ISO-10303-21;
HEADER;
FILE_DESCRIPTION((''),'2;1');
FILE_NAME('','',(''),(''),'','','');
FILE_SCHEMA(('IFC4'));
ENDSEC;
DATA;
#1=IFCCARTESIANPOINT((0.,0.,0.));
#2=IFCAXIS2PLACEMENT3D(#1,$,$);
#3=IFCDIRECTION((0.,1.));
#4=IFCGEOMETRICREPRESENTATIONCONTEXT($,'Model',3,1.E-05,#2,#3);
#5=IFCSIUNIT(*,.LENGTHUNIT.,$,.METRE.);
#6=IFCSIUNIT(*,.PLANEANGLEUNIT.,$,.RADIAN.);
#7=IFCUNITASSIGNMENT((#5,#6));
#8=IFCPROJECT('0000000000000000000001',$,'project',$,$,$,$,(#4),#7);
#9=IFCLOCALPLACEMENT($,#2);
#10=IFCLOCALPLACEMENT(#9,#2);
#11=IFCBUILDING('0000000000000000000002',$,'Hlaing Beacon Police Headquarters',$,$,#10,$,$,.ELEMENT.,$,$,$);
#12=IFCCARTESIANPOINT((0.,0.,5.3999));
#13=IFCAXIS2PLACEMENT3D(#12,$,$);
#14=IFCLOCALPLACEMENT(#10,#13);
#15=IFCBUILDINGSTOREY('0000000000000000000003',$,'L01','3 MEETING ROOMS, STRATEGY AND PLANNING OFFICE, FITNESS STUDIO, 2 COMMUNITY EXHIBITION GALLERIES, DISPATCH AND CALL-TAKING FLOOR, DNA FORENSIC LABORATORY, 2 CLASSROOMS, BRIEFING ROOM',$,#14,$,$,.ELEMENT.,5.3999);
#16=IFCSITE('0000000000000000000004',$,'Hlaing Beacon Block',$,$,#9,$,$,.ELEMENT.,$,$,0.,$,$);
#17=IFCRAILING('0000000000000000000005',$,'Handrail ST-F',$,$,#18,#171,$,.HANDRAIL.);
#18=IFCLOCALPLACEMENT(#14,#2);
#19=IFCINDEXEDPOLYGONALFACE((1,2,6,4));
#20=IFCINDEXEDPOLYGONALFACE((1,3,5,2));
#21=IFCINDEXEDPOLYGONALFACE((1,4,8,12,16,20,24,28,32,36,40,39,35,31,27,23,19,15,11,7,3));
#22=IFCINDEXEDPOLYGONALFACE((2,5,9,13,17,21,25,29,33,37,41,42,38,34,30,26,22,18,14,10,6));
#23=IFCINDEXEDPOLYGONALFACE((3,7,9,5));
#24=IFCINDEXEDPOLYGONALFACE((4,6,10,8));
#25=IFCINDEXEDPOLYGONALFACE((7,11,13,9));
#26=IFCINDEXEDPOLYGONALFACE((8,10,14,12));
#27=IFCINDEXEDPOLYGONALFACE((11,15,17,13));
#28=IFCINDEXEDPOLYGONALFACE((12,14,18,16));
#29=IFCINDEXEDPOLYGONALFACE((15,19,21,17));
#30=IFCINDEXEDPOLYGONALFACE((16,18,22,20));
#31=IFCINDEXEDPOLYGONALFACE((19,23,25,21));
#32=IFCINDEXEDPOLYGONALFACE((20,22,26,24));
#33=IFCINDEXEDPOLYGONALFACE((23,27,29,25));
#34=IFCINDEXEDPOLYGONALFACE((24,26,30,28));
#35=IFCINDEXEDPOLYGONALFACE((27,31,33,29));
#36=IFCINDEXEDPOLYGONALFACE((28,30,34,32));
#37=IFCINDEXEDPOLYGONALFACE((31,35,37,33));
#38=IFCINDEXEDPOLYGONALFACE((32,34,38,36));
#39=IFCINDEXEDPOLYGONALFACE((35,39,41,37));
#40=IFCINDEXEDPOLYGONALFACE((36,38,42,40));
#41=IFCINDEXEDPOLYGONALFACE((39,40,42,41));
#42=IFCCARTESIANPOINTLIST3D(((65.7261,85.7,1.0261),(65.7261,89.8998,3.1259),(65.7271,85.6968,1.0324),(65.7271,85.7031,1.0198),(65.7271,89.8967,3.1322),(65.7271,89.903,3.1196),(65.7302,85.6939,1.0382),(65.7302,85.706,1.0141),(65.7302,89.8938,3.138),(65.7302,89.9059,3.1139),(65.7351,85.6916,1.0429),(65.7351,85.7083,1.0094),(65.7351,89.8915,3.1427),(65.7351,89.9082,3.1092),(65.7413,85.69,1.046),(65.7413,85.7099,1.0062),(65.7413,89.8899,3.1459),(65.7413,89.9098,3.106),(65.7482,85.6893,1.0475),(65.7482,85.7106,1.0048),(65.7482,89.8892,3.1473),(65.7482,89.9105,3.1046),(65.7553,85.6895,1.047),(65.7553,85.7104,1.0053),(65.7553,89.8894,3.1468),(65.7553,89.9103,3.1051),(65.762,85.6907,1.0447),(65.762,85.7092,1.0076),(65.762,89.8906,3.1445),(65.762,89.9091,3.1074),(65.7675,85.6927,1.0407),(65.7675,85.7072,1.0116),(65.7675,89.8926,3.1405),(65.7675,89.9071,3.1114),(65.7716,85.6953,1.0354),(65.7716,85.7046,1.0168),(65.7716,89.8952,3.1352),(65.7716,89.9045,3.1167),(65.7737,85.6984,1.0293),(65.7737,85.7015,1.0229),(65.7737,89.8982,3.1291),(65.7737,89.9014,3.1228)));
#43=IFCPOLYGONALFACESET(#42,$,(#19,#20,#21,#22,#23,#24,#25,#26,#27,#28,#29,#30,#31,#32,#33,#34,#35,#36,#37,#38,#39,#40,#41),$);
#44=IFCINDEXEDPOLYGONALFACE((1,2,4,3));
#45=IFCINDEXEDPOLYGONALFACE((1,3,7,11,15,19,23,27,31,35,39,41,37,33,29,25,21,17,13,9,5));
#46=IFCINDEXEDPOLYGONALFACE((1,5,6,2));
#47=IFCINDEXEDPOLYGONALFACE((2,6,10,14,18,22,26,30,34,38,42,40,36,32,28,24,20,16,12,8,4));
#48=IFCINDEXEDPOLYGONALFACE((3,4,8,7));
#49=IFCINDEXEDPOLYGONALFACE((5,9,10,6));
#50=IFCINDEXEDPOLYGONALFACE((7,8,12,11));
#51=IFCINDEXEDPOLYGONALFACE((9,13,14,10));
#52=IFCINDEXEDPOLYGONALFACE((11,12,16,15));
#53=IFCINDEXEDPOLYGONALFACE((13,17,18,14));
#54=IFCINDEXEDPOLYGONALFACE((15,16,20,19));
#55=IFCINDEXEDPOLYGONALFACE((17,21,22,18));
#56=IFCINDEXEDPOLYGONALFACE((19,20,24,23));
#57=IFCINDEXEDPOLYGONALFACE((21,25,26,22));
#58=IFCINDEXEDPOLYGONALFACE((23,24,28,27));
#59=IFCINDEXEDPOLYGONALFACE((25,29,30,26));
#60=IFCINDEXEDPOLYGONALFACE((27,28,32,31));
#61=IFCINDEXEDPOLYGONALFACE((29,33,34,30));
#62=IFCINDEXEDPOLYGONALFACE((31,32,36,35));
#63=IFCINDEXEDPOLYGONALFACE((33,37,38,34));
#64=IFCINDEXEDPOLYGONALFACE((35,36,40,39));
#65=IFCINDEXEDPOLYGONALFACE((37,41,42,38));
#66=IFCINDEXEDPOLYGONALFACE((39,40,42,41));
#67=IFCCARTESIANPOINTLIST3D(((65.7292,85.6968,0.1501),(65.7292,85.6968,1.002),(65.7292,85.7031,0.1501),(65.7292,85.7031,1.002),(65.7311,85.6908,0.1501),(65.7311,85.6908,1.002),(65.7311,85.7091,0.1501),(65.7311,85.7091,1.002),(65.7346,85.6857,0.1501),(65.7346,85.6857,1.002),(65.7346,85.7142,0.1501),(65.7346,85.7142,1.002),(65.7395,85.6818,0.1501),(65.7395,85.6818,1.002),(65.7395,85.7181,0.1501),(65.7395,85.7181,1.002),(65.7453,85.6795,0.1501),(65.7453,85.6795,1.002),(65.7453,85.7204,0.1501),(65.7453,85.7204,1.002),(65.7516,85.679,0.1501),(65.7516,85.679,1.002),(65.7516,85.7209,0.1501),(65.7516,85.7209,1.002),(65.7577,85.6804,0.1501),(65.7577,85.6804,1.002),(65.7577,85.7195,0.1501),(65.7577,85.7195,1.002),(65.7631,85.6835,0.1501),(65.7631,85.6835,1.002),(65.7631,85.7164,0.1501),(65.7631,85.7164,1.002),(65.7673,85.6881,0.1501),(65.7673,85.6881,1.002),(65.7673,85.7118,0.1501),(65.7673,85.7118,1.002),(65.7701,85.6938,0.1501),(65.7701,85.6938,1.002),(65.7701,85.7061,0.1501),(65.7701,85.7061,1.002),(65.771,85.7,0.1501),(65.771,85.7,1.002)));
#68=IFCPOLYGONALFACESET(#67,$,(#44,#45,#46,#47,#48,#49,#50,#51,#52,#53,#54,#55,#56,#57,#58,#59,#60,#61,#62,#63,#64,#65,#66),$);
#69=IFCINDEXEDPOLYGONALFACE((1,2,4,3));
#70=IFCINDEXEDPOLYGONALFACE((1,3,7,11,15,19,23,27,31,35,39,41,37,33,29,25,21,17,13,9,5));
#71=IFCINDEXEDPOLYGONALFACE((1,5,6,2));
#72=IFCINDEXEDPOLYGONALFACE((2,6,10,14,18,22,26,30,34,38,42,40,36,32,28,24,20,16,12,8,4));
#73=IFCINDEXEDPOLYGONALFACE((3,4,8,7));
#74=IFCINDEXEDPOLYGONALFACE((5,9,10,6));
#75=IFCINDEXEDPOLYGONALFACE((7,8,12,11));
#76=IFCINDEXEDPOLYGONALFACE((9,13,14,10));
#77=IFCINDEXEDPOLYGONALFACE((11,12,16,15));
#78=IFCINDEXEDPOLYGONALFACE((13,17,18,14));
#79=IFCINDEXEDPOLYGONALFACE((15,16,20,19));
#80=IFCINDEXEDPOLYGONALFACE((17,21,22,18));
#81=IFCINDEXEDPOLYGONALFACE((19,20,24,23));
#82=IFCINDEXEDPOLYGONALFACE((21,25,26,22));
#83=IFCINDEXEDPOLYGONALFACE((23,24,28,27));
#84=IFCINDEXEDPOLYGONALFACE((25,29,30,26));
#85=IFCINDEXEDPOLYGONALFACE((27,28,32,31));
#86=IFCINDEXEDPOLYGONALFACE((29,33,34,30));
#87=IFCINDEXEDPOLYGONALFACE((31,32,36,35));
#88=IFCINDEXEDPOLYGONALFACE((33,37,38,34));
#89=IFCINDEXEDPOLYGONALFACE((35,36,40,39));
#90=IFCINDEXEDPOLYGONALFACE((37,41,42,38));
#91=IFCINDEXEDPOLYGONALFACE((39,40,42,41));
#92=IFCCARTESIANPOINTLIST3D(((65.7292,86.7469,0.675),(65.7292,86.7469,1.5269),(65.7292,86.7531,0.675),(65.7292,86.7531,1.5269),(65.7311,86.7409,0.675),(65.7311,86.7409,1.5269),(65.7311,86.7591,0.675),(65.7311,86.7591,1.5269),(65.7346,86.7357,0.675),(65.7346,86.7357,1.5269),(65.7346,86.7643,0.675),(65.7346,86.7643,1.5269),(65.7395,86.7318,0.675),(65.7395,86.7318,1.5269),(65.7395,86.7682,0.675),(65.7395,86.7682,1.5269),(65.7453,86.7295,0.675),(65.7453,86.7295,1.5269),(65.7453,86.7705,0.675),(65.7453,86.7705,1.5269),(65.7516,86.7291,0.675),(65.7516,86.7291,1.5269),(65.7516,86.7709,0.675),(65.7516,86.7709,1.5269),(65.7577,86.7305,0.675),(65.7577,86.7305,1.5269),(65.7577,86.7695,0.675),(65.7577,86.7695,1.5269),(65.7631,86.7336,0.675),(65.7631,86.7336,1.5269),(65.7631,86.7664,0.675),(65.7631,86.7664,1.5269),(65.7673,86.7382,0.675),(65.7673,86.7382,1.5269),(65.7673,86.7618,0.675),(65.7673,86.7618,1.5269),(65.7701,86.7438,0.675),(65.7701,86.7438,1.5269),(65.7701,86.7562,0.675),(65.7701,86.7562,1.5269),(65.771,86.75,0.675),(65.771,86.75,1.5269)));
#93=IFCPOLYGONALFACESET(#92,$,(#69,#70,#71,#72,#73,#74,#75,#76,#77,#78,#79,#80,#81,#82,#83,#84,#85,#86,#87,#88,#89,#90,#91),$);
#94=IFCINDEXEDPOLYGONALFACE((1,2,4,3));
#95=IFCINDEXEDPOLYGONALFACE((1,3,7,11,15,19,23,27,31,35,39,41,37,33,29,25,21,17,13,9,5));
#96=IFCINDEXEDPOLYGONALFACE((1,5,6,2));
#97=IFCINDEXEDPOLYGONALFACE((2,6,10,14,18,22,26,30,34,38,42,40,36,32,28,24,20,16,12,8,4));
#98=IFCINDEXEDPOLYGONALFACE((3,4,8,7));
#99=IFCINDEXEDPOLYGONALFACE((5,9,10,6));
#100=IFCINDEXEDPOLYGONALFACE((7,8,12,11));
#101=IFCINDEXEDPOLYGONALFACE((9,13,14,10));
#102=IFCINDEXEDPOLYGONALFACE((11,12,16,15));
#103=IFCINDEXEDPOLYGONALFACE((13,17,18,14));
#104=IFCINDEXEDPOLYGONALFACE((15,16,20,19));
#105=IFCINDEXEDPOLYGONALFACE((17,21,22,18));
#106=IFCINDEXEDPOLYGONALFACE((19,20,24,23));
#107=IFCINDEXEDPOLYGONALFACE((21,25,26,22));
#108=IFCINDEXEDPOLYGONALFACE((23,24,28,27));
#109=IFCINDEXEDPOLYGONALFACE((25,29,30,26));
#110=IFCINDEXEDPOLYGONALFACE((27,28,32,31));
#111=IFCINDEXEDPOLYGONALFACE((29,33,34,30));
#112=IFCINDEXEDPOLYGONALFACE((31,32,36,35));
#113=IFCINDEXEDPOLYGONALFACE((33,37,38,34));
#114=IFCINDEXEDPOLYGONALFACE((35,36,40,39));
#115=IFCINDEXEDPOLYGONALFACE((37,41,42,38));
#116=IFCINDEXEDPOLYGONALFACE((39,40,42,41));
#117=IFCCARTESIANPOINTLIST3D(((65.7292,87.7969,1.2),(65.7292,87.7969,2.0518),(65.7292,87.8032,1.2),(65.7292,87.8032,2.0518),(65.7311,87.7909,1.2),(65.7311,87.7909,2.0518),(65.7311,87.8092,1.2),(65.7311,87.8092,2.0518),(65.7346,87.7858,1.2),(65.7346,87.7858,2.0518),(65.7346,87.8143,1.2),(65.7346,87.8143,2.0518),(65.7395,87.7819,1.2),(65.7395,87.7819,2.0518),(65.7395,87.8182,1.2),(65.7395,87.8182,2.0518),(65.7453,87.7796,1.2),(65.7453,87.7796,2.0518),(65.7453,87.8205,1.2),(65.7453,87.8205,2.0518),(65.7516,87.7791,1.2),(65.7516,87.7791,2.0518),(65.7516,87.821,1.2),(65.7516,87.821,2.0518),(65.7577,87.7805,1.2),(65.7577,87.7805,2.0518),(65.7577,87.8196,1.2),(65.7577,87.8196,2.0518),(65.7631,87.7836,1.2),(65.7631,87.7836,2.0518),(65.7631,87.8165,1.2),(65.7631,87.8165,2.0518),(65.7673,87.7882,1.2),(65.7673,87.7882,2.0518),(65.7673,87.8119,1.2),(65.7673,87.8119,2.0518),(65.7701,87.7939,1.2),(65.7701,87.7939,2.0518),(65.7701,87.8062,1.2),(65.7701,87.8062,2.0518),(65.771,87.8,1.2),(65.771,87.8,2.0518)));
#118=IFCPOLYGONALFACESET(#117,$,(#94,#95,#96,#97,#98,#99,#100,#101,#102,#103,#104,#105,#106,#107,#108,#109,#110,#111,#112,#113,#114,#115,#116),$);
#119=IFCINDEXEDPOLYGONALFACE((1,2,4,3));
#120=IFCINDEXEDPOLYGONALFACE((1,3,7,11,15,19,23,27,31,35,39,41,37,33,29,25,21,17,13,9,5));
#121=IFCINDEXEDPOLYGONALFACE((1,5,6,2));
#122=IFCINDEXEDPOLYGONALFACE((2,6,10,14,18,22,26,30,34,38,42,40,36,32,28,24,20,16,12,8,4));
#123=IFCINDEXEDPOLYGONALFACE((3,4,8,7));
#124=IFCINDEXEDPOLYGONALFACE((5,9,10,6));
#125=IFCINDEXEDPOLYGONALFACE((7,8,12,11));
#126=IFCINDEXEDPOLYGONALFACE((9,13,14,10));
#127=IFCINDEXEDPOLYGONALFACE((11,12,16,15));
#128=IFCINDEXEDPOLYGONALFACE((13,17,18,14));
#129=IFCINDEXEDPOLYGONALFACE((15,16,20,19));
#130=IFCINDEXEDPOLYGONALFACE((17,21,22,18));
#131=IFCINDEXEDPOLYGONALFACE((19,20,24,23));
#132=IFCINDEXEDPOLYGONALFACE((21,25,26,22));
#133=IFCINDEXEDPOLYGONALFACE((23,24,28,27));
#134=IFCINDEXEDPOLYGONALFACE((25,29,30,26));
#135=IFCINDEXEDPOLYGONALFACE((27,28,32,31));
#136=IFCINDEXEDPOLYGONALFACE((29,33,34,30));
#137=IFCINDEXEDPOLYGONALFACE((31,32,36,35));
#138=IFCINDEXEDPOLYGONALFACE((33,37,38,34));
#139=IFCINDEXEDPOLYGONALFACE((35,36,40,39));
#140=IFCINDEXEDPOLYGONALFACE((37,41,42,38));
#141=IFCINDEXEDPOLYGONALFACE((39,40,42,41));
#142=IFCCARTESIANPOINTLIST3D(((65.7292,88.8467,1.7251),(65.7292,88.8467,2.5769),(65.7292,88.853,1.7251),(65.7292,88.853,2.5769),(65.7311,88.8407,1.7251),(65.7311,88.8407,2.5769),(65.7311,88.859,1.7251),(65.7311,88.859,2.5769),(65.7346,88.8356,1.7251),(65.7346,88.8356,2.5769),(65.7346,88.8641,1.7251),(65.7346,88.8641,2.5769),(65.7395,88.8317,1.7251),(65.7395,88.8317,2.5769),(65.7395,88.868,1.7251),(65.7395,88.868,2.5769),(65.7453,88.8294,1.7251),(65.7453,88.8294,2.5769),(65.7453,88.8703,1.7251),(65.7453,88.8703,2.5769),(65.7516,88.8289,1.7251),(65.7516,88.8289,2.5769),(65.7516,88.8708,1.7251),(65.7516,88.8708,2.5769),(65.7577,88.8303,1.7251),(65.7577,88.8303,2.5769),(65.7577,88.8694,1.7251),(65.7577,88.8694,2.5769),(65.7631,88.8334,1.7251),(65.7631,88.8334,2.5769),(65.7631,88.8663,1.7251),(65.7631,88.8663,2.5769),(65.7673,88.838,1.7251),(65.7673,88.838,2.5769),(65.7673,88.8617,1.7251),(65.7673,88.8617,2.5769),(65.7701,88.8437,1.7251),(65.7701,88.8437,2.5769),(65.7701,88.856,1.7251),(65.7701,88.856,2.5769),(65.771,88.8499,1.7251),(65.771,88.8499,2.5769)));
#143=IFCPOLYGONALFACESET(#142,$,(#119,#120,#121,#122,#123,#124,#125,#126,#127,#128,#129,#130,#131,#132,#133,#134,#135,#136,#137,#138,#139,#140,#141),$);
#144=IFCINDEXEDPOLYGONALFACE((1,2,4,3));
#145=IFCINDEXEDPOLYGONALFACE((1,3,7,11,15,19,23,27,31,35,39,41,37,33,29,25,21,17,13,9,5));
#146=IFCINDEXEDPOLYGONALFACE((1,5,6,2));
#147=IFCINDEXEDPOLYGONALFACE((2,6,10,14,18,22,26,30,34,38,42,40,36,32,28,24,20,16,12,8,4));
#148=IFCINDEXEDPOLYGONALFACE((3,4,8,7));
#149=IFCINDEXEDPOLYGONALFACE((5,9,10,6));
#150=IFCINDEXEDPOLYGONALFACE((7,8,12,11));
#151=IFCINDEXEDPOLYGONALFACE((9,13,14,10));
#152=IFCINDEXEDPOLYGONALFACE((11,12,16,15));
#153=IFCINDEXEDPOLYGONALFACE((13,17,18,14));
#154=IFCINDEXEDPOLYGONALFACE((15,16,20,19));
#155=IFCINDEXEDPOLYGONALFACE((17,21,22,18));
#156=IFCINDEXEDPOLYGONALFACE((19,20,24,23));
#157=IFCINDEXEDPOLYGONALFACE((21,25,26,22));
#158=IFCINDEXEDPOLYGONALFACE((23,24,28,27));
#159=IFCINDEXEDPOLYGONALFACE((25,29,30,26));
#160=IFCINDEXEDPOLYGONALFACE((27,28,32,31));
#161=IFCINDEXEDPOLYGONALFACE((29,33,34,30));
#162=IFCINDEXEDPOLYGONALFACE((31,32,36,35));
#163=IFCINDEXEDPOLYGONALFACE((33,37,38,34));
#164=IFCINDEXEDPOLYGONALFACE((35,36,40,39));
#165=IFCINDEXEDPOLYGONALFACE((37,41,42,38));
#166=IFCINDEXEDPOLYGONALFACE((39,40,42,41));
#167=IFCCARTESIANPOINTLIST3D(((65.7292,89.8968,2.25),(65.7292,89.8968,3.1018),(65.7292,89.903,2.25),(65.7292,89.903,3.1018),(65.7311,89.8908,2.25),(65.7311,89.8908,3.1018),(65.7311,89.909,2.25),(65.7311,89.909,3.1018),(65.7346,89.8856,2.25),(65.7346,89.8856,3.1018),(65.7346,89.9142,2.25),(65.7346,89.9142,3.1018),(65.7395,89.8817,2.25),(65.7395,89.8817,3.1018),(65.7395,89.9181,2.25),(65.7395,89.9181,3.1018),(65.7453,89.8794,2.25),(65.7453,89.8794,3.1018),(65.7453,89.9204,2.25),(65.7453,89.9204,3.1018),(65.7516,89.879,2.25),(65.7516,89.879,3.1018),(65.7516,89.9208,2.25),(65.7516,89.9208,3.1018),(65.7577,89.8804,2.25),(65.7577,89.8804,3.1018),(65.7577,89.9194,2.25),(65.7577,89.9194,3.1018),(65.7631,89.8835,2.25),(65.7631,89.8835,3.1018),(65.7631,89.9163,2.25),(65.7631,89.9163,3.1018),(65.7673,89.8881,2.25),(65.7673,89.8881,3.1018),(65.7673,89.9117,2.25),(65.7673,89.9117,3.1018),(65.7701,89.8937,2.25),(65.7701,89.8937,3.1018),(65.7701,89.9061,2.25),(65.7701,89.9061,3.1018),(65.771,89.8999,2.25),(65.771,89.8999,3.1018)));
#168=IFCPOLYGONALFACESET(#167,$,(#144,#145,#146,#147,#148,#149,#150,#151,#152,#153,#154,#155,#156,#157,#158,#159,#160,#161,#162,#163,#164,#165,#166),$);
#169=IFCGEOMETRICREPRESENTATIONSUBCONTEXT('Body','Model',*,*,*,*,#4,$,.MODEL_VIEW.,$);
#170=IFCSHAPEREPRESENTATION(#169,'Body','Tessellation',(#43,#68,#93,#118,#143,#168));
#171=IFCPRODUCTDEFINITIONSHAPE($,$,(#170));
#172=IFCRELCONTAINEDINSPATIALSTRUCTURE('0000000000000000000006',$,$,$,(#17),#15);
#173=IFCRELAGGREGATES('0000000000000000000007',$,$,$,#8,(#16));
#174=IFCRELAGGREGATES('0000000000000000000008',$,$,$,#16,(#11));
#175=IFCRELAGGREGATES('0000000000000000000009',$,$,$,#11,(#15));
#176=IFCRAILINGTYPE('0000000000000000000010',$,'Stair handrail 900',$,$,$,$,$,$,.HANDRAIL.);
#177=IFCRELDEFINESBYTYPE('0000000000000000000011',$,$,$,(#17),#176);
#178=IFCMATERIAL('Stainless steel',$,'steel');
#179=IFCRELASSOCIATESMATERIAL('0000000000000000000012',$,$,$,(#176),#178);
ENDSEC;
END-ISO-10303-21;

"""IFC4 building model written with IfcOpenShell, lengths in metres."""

from ifc_helpers import new_model, si_unit, direction, frame, origin, origin_2d, place, context, subcontext, project, spatial, circle, extrude, material, type_object, element, save


model = new_model("IFC4")

# Units and contexts
model_context = context("Model", 3, precision=1e-05, world=origin(), true_north=direction((0.0, 1.0)))
body_context = subcontext(model_context, "Body", "Model", "MODEL_VIEW")
ifc_project = project(units=[si_unit("LENGTHUNIT", "METRE"), si_unit("PLANEANGLEUNIT", "RADIAN")], contexts=[model_context])

# Site, building, storey
site_placement = place(None, origin())
site = spatial("IfcSite", under=ifc_project, at=site_placement, Name="Hlaing Beacon Block", CompositionType="ELEMENT", RefElevation=0.0)
building_placement = place(site_placement, origin())
building = spatial("IfcBuilding", under=site, at=building_placement, Name="Hlaing Beacon Police Headquarters", CompositionType="ELEMENT")
storey_placement = place(building_placement, frame((0.0, 0.0, 5.3999)))
storey = spatial("IfcBuildingStorey", under=building, at=storey_placement, Name="L01", Description="3 MEETING ROOMS, STRATEGY AND PLANNING OFFICE, FITNESS STUDIO, 2 COMMUNITY EXHIBITION GALLERIES, DISPATCH AND CALL-TAKING FLOOR, DNA FORENSIC LABORATORY, 2 CLASSROOMS, BRIEFING ROOM", CompositionType="ELEMENT", Elevation=5.3999)

# Railing
ifc_material_1 = material(Name="Stainless steel", Category="steel")
railing_type_1 = type_object("IfcRailingType", Name="Stair handrail 900", PredefinedType="HANDRAIL", material=ifc_material_1)
for number, where, name in (
    (1, (65.75, 85.7, 0.1501), "Handrail ST-F"),
):
    element("IfcRailing", number, at=place(storey_placement, frame(where)), inside=storey, type_object=railing_type_1, Name=name, PredefinedType="HANDRAIL", context=body_context, shape_type="SweptSolid", body=[
        extrude(circle(Radius=0.0239, at=origin_2d()), frame((0.0, 0.0, 0.876), z_axis=(0.0, 0.894438, 0.447193), x_axis=(-1.0, 0.0, 0.0)), (0.0, 0.0, 1.0), 4.6956),
        extrude(circle(Radius=0.021, at=origin_2d()), origin(), (0.0, 0.0, 1.0), 0.8518),
        extrude(circle(Radius=0.021, at=origin_2d()), frame((0.0, 1.05, 0.5249)), (0.0, 0.0, 1.0), 0.8518),
        extrude(circle(Radius=0.021, at=origin_2d()), frame((0.0, 2.1001, 1.0498)), (0.0, 0.0, 1.0), 0.8518),
        extrude(circle(Radius=0.021, at=origin_2d()), frame((0.0, 3.1499, 1.575)), (0.0, 0.0, 1.0), 0.8518),
        extrude(circle(Radius=0.021, at=origin_2d()), frame((0.0, 4.2, 2.0999)), (0.0, 0.0, 1.0), 0.8518),
    ])

save(model, "model.ifc")
